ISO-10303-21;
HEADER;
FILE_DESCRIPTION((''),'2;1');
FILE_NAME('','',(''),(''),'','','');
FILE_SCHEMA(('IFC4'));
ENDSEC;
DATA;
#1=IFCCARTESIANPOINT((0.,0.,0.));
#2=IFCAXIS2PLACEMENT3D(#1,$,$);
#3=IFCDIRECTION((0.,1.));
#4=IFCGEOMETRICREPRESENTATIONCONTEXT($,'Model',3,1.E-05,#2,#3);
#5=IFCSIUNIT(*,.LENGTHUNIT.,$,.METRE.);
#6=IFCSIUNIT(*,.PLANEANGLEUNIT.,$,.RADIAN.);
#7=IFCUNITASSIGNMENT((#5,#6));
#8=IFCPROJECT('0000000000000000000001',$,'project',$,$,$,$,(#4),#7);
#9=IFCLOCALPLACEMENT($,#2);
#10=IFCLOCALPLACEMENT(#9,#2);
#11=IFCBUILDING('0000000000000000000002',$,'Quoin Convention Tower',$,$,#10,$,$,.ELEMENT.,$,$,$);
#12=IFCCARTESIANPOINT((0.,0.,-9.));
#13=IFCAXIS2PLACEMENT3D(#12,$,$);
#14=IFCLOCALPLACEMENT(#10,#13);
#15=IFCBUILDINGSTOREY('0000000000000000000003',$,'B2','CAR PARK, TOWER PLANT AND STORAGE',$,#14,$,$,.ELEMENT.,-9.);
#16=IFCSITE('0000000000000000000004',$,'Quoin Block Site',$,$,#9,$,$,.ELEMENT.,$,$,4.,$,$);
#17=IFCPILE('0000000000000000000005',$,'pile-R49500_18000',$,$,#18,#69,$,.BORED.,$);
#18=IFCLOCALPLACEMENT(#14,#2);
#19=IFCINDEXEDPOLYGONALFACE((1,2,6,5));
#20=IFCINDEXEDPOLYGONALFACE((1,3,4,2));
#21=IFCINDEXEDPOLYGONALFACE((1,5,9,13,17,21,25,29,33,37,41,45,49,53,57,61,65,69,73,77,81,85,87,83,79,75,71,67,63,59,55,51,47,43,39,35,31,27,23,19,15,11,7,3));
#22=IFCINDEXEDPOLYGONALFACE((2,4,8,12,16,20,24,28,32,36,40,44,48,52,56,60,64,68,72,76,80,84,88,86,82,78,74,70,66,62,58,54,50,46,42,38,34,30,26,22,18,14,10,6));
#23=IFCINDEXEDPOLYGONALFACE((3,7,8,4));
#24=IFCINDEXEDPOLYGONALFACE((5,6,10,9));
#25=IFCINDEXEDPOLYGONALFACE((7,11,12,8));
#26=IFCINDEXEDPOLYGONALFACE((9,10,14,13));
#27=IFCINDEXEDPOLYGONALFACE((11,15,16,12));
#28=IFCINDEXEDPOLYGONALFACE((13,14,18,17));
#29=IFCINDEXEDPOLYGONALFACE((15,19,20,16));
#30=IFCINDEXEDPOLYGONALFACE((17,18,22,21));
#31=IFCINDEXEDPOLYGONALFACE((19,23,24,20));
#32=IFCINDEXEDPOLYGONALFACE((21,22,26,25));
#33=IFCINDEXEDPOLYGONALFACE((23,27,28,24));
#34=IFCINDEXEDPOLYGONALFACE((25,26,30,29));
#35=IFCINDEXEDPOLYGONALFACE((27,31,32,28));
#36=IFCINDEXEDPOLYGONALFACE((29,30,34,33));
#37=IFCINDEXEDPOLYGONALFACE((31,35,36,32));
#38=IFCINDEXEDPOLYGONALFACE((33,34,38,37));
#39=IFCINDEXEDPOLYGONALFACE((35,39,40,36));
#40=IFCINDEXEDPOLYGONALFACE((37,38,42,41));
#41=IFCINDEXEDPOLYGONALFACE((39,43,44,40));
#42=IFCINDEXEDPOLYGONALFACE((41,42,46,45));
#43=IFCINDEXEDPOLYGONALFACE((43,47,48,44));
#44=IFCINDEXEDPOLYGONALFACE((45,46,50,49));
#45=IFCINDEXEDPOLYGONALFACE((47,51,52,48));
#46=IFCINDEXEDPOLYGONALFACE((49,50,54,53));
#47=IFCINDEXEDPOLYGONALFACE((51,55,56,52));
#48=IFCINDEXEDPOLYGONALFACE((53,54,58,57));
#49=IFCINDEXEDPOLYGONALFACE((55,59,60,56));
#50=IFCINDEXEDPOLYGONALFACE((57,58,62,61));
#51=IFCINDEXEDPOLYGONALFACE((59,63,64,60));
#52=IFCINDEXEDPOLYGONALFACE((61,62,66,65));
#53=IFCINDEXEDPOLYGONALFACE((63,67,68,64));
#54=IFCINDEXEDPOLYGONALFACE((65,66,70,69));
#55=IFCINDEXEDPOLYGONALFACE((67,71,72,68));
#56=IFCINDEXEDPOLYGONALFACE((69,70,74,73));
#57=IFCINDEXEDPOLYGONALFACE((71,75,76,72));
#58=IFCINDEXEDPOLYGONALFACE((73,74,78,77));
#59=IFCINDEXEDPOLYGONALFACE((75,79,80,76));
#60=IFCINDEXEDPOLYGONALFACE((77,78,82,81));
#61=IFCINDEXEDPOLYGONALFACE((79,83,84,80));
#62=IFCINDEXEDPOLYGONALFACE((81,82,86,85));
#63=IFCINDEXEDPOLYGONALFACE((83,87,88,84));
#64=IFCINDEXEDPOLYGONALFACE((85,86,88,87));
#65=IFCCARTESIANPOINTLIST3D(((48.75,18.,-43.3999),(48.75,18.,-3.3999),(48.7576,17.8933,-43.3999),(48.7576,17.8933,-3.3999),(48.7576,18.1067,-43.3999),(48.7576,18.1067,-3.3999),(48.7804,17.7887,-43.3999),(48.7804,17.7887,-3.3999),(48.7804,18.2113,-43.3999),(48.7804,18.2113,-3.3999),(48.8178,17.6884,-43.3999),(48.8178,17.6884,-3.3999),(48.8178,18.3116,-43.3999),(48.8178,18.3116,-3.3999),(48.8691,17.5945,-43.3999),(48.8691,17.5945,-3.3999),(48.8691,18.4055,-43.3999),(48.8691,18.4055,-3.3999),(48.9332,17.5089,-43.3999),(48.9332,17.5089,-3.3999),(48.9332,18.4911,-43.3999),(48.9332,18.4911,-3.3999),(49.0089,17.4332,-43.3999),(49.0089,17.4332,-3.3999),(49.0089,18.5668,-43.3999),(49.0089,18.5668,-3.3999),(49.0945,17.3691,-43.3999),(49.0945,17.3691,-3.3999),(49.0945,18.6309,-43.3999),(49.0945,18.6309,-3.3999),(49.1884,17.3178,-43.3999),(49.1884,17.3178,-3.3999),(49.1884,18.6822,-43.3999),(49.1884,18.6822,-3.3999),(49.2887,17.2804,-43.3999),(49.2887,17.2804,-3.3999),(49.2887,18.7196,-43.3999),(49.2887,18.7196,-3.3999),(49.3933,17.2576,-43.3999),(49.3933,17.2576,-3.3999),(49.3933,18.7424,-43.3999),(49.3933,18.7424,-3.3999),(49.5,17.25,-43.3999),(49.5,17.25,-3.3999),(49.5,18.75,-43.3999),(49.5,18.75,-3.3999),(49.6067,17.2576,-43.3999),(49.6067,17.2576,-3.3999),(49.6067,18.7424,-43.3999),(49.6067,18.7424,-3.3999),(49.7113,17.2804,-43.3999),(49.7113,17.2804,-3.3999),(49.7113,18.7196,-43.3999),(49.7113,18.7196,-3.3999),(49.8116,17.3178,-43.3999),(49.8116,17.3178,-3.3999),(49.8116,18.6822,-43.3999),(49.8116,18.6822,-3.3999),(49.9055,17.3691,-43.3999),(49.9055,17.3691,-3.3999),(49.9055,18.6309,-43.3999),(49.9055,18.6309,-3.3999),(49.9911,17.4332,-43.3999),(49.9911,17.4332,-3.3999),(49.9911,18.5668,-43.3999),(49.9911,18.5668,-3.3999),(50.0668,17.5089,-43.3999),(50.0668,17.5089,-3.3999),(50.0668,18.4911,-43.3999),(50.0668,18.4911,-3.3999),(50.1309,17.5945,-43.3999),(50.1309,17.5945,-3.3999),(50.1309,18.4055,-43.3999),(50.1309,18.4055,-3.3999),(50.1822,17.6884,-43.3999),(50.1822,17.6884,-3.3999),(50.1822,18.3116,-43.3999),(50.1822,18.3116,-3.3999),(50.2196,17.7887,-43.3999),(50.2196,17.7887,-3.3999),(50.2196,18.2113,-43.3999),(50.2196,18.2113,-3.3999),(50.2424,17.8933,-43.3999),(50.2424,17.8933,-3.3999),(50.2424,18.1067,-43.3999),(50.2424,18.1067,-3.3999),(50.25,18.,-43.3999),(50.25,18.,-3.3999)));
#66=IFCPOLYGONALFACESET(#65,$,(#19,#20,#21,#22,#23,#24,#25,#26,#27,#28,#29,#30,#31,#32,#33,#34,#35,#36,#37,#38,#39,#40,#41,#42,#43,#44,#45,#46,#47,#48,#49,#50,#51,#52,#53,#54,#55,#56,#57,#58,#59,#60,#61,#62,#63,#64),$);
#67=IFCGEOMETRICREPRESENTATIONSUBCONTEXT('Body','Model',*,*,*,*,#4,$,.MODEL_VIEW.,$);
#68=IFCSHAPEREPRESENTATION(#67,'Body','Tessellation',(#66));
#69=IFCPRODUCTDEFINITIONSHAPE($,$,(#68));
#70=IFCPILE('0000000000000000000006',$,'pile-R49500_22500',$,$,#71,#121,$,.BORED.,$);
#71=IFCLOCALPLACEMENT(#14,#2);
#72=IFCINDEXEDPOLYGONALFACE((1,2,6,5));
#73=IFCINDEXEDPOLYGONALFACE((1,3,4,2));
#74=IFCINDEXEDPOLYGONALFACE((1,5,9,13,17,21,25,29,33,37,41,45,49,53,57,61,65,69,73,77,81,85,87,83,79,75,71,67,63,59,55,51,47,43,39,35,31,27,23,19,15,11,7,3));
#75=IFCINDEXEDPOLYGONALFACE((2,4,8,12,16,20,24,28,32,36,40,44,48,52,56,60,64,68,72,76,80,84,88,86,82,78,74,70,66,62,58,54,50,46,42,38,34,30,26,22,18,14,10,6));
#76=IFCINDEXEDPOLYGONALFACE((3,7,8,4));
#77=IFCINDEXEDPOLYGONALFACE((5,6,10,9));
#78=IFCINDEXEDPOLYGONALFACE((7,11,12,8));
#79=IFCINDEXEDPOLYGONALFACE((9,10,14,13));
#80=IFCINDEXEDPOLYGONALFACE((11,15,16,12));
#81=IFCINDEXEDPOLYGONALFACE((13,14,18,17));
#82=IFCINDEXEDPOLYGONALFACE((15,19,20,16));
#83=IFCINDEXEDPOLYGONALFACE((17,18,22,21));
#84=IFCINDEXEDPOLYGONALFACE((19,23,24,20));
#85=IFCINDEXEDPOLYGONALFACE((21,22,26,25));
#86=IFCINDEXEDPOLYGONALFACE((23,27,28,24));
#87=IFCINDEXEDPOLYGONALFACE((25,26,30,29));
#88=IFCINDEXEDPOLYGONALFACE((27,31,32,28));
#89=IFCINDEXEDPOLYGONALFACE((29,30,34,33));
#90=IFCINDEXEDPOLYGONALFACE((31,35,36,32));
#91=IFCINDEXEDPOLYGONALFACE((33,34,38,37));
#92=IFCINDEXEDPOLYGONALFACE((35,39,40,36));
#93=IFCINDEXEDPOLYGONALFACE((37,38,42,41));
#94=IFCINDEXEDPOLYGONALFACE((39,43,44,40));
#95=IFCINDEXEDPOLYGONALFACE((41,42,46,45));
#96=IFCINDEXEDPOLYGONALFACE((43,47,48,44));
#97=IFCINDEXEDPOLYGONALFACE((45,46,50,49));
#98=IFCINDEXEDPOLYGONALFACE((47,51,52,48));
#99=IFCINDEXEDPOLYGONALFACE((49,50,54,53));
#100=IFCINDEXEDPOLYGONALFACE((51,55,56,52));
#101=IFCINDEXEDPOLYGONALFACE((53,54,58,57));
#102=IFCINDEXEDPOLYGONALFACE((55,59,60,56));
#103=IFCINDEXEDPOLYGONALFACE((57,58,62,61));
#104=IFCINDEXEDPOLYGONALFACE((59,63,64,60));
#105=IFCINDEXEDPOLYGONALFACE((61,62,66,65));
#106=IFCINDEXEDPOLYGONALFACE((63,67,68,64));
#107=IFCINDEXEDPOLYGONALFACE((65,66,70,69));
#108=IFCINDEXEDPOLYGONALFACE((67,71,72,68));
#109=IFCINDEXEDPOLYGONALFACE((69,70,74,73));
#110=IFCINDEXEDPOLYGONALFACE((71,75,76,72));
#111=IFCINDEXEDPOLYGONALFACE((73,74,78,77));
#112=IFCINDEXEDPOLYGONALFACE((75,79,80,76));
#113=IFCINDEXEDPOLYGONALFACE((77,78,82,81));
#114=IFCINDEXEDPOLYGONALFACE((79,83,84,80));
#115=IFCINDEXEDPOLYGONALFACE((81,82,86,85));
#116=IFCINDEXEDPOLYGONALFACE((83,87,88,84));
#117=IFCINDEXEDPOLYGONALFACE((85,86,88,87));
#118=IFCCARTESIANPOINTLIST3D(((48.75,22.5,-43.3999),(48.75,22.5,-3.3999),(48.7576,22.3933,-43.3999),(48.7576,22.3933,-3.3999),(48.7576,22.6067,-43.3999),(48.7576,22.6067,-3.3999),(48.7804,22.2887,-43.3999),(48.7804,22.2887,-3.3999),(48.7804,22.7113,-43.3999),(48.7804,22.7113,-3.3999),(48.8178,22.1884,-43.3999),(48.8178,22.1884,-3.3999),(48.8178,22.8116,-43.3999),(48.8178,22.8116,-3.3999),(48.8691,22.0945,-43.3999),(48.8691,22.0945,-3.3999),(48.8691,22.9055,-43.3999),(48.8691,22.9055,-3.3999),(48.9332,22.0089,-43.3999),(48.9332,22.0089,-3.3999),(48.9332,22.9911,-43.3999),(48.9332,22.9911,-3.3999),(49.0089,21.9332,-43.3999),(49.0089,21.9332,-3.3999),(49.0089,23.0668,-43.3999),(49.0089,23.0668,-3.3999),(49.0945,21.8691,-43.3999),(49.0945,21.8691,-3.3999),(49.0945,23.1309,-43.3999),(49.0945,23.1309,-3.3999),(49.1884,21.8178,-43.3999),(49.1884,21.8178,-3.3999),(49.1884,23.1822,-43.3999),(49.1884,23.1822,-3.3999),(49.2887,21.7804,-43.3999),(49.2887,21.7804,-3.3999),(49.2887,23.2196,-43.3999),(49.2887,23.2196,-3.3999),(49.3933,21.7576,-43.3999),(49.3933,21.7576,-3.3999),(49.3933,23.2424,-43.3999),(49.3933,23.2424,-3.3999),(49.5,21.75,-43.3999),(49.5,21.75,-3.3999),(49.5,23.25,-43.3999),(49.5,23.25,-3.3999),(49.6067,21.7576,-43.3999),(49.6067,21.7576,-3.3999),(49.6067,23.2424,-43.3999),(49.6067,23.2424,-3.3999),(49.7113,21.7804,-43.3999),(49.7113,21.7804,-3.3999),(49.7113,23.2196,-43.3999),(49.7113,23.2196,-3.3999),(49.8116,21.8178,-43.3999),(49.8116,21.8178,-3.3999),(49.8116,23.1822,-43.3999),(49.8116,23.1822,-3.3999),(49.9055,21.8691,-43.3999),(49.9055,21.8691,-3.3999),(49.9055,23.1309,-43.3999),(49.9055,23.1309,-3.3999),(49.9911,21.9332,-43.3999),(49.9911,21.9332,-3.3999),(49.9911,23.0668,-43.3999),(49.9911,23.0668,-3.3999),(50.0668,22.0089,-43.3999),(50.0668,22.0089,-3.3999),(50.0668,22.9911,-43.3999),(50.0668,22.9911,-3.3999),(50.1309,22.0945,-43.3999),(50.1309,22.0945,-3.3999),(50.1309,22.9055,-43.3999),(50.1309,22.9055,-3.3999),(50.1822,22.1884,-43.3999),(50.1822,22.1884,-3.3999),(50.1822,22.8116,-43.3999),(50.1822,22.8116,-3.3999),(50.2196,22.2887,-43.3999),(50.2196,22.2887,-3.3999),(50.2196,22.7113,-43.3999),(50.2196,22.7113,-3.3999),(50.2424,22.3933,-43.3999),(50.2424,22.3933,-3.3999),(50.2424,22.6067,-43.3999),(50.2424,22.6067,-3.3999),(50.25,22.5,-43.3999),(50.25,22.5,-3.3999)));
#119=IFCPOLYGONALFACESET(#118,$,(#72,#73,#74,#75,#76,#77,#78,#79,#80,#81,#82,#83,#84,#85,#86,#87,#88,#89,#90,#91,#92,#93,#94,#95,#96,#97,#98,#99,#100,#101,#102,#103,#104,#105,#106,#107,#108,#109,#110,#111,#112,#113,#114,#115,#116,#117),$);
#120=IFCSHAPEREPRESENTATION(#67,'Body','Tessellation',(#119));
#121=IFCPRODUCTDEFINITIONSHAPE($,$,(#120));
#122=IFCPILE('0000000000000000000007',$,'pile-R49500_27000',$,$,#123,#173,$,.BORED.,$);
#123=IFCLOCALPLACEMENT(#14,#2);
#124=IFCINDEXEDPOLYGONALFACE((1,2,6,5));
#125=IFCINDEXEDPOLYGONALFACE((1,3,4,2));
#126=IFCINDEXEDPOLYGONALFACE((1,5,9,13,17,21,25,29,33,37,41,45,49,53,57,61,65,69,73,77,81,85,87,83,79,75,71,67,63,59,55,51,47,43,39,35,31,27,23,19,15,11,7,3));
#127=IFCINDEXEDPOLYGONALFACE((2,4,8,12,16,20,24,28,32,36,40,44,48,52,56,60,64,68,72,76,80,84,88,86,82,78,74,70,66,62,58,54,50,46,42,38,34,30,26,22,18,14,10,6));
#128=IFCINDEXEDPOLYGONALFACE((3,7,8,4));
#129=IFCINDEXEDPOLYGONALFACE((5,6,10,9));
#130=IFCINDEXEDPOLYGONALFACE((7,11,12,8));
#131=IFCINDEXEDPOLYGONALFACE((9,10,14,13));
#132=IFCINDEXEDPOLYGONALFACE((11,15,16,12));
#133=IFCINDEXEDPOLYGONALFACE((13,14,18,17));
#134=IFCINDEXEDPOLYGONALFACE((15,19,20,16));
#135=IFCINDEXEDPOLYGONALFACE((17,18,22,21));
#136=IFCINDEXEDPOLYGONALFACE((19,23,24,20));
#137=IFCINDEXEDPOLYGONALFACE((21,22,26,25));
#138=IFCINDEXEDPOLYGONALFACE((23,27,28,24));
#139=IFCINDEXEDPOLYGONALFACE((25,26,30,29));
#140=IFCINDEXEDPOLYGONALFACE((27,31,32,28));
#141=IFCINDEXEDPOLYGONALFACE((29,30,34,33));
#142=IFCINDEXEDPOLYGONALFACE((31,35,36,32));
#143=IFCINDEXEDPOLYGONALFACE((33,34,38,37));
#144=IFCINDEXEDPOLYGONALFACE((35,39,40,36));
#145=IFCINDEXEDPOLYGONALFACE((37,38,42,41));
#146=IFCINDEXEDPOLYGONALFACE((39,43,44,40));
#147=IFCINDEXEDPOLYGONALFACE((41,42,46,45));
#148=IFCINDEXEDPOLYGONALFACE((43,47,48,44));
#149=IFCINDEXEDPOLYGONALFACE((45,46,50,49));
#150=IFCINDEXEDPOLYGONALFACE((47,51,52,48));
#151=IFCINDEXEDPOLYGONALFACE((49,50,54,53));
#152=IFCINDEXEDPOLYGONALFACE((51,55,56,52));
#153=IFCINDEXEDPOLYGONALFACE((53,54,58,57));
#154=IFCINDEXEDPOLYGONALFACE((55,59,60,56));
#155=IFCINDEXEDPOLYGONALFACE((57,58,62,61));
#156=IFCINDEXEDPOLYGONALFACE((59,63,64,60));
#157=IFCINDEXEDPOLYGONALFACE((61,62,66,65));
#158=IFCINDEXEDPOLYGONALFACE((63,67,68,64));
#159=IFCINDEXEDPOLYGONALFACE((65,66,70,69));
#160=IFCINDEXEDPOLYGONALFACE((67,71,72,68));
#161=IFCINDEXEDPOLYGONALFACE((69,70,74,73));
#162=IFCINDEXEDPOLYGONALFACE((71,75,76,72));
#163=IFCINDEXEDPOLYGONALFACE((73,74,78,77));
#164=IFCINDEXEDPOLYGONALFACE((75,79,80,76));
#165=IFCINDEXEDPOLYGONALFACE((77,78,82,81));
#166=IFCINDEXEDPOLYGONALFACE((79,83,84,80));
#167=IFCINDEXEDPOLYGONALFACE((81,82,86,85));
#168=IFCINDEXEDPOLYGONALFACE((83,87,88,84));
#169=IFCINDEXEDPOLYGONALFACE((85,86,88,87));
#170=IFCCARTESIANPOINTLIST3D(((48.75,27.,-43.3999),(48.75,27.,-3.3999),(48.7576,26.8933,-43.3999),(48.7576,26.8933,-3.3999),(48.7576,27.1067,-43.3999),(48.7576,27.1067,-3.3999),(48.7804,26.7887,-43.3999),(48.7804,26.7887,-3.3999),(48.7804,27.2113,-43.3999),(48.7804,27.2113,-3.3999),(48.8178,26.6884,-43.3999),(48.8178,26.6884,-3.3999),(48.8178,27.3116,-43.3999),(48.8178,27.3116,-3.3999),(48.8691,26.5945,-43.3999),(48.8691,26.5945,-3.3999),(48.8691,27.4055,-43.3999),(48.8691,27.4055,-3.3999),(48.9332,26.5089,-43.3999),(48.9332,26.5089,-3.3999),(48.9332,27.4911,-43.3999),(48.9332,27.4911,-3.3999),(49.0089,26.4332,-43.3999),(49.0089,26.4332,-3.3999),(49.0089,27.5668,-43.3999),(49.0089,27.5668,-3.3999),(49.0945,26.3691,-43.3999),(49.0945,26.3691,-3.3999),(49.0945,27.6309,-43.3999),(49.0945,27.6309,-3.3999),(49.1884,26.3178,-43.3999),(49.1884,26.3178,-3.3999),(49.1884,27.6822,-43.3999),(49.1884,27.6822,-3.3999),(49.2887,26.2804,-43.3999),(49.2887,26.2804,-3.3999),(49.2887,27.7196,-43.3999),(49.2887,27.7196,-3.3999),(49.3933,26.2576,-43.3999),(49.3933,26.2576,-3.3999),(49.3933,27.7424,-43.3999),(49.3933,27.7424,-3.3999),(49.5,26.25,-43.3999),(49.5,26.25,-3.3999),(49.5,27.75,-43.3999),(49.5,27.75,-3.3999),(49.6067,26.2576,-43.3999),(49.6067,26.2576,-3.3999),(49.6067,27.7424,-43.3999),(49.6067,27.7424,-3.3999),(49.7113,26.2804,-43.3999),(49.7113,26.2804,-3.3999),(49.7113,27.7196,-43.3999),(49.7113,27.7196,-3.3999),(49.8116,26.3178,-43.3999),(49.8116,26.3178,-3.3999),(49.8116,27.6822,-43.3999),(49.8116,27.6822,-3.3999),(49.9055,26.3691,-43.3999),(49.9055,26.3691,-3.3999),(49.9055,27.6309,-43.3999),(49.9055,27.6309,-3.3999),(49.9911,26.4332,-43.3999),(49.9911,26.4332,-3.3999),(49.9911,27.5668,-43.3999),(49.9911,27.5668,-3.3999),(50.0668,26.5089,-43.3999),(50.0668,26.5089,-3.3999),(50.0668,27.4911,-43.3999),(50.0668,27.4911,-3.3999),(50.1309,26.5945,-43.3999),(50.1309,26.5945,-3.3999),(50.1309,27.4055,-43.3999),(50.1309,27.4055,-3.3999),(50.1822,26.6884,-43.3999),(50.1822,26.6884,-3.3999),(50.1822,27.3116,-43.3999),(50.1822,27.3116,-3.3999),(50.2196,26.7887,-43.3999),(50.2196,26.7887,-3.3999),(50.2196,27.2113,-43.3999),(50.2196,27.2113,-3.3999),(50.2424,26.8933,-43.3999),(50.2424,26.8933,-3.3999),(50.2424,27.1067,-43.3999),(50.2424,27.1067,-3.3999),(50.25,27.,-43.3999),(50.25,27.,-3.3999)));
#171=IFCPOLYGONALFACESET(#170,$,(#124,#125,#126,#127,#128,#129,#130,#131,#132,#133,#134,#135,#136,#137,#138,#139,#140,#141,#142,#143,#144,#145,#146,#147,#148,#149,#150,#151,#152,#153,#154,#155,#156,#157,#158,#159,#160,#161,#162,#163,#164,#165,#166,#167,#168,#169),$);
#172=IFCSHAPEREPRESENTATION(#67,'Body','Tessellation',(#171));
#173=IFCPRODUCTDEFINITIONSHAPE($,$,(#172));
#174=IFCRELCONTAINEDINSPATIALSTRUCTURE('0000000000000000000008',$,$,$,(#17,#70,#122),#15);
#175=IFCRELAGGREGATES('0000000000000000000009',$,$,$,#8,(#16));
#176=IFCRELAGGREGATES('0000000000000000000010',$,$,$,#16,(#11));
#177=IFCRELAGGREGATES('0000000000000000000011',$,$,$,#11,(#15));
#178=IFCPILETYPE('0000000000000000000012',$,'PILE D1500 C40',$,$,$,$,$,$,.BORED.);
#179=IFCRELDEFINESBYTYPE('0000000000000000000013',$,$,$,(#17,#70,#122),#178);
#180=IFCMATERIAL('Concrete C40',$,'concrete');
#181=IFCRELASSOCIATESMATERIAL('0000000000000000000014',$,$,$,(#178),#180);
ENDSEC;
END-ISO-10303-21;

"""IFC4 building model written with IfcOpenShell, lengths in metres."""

from ifc_helpers import new_model, si_unit, direction, frame, origin, origin_2d, place, context, subcontext, project, spatial, circle, extrude, material, material_profile, profile_set, type_object, element, save


model = new_model("IFC4")

# Units and contexts
model_context = context("Model", 3, precision=1e-05, world=origin(), true_north=direction((0.0, 1.0)))
body_context = subcontext(model_context, "Body", "Model", "MODEL_VIEW")
ifc_project = project(units=[si_unit("LENGTHUNIT", "METRE"), si_unit("PLANEANGLEUNIT", "RADIAN")], contexts=[model_context])

# Site, building, storey
site_placement = place(None, origin())
site = spatial("IfcSite", under=ifc_project, at=site_placement, Name="Quoin Block Site", CompositionType="ELEMENT", RefElevation=4.0)
building_placement = place(site_placement, origin())
building = spatial("IfcBuilding", under=site, at=building_placement, Name="Quoin Convention Tower", CompositionType="ELEMENT")
storey_placement = place(building_placement, frame((0.0, 0.0, -9.0)))
storey = spatial("IfcBuildingStorey", under=building, at=storey_placement, Name="B2", Description="CAR PARK, TOWER PLANT AND STORAGE", CompositionType="ELEMENT", Elevation=-9.0)

# Piles
ifc_material_1 = material(Name="Concrete C40", Category="concrete")
ifc_material_profile_1 = material_profile(ifc_material_1, circle(Radius=0.75, at=origin_2d()), Name="D1500")
ifc_profile_set_1 = profile_set([ifc_material_profile_1], Name="Concrete C40")
pile_type = type_object("IfcPileType", Name="PILE D1500 C40", PredefinedType="BORED", material=ifc_profile_set_1)
for number, where, z_axis, x_axis, name in (
    (1, (49.5, 18.0, -3.3999), (0.0, 0.0, -1.0), (1.0, 0.0, 0.0), "pile-R49500_18000"),
    (2, (49.5, 22.5, -3.3999), (0.0, 0.0, -1.0), (1.0, 0.0, 0.0), "pile-R49500_22500"),
    (3, (49.5, 27.0, -3.3999), (0.0, 0.0, -1.0), (1.0, 0.0, 0.0), "pile-R49500_27000"),
):
    element("IfcPile", number, at=place(storey_placement, frame(where, z_axis=z_axis, x_axis=x_axis)), inside=storey, type_object=pile_type, Name=name, PredefinedType="BORED", context=body_context, shape_type="SweptSolid", body=[
        extrude(circle(Radius=0.75, at=origin_2d()), origin(), (0.0, 0.0, 1.0), 40.0),
    ])

save(model, "model.ifc")
